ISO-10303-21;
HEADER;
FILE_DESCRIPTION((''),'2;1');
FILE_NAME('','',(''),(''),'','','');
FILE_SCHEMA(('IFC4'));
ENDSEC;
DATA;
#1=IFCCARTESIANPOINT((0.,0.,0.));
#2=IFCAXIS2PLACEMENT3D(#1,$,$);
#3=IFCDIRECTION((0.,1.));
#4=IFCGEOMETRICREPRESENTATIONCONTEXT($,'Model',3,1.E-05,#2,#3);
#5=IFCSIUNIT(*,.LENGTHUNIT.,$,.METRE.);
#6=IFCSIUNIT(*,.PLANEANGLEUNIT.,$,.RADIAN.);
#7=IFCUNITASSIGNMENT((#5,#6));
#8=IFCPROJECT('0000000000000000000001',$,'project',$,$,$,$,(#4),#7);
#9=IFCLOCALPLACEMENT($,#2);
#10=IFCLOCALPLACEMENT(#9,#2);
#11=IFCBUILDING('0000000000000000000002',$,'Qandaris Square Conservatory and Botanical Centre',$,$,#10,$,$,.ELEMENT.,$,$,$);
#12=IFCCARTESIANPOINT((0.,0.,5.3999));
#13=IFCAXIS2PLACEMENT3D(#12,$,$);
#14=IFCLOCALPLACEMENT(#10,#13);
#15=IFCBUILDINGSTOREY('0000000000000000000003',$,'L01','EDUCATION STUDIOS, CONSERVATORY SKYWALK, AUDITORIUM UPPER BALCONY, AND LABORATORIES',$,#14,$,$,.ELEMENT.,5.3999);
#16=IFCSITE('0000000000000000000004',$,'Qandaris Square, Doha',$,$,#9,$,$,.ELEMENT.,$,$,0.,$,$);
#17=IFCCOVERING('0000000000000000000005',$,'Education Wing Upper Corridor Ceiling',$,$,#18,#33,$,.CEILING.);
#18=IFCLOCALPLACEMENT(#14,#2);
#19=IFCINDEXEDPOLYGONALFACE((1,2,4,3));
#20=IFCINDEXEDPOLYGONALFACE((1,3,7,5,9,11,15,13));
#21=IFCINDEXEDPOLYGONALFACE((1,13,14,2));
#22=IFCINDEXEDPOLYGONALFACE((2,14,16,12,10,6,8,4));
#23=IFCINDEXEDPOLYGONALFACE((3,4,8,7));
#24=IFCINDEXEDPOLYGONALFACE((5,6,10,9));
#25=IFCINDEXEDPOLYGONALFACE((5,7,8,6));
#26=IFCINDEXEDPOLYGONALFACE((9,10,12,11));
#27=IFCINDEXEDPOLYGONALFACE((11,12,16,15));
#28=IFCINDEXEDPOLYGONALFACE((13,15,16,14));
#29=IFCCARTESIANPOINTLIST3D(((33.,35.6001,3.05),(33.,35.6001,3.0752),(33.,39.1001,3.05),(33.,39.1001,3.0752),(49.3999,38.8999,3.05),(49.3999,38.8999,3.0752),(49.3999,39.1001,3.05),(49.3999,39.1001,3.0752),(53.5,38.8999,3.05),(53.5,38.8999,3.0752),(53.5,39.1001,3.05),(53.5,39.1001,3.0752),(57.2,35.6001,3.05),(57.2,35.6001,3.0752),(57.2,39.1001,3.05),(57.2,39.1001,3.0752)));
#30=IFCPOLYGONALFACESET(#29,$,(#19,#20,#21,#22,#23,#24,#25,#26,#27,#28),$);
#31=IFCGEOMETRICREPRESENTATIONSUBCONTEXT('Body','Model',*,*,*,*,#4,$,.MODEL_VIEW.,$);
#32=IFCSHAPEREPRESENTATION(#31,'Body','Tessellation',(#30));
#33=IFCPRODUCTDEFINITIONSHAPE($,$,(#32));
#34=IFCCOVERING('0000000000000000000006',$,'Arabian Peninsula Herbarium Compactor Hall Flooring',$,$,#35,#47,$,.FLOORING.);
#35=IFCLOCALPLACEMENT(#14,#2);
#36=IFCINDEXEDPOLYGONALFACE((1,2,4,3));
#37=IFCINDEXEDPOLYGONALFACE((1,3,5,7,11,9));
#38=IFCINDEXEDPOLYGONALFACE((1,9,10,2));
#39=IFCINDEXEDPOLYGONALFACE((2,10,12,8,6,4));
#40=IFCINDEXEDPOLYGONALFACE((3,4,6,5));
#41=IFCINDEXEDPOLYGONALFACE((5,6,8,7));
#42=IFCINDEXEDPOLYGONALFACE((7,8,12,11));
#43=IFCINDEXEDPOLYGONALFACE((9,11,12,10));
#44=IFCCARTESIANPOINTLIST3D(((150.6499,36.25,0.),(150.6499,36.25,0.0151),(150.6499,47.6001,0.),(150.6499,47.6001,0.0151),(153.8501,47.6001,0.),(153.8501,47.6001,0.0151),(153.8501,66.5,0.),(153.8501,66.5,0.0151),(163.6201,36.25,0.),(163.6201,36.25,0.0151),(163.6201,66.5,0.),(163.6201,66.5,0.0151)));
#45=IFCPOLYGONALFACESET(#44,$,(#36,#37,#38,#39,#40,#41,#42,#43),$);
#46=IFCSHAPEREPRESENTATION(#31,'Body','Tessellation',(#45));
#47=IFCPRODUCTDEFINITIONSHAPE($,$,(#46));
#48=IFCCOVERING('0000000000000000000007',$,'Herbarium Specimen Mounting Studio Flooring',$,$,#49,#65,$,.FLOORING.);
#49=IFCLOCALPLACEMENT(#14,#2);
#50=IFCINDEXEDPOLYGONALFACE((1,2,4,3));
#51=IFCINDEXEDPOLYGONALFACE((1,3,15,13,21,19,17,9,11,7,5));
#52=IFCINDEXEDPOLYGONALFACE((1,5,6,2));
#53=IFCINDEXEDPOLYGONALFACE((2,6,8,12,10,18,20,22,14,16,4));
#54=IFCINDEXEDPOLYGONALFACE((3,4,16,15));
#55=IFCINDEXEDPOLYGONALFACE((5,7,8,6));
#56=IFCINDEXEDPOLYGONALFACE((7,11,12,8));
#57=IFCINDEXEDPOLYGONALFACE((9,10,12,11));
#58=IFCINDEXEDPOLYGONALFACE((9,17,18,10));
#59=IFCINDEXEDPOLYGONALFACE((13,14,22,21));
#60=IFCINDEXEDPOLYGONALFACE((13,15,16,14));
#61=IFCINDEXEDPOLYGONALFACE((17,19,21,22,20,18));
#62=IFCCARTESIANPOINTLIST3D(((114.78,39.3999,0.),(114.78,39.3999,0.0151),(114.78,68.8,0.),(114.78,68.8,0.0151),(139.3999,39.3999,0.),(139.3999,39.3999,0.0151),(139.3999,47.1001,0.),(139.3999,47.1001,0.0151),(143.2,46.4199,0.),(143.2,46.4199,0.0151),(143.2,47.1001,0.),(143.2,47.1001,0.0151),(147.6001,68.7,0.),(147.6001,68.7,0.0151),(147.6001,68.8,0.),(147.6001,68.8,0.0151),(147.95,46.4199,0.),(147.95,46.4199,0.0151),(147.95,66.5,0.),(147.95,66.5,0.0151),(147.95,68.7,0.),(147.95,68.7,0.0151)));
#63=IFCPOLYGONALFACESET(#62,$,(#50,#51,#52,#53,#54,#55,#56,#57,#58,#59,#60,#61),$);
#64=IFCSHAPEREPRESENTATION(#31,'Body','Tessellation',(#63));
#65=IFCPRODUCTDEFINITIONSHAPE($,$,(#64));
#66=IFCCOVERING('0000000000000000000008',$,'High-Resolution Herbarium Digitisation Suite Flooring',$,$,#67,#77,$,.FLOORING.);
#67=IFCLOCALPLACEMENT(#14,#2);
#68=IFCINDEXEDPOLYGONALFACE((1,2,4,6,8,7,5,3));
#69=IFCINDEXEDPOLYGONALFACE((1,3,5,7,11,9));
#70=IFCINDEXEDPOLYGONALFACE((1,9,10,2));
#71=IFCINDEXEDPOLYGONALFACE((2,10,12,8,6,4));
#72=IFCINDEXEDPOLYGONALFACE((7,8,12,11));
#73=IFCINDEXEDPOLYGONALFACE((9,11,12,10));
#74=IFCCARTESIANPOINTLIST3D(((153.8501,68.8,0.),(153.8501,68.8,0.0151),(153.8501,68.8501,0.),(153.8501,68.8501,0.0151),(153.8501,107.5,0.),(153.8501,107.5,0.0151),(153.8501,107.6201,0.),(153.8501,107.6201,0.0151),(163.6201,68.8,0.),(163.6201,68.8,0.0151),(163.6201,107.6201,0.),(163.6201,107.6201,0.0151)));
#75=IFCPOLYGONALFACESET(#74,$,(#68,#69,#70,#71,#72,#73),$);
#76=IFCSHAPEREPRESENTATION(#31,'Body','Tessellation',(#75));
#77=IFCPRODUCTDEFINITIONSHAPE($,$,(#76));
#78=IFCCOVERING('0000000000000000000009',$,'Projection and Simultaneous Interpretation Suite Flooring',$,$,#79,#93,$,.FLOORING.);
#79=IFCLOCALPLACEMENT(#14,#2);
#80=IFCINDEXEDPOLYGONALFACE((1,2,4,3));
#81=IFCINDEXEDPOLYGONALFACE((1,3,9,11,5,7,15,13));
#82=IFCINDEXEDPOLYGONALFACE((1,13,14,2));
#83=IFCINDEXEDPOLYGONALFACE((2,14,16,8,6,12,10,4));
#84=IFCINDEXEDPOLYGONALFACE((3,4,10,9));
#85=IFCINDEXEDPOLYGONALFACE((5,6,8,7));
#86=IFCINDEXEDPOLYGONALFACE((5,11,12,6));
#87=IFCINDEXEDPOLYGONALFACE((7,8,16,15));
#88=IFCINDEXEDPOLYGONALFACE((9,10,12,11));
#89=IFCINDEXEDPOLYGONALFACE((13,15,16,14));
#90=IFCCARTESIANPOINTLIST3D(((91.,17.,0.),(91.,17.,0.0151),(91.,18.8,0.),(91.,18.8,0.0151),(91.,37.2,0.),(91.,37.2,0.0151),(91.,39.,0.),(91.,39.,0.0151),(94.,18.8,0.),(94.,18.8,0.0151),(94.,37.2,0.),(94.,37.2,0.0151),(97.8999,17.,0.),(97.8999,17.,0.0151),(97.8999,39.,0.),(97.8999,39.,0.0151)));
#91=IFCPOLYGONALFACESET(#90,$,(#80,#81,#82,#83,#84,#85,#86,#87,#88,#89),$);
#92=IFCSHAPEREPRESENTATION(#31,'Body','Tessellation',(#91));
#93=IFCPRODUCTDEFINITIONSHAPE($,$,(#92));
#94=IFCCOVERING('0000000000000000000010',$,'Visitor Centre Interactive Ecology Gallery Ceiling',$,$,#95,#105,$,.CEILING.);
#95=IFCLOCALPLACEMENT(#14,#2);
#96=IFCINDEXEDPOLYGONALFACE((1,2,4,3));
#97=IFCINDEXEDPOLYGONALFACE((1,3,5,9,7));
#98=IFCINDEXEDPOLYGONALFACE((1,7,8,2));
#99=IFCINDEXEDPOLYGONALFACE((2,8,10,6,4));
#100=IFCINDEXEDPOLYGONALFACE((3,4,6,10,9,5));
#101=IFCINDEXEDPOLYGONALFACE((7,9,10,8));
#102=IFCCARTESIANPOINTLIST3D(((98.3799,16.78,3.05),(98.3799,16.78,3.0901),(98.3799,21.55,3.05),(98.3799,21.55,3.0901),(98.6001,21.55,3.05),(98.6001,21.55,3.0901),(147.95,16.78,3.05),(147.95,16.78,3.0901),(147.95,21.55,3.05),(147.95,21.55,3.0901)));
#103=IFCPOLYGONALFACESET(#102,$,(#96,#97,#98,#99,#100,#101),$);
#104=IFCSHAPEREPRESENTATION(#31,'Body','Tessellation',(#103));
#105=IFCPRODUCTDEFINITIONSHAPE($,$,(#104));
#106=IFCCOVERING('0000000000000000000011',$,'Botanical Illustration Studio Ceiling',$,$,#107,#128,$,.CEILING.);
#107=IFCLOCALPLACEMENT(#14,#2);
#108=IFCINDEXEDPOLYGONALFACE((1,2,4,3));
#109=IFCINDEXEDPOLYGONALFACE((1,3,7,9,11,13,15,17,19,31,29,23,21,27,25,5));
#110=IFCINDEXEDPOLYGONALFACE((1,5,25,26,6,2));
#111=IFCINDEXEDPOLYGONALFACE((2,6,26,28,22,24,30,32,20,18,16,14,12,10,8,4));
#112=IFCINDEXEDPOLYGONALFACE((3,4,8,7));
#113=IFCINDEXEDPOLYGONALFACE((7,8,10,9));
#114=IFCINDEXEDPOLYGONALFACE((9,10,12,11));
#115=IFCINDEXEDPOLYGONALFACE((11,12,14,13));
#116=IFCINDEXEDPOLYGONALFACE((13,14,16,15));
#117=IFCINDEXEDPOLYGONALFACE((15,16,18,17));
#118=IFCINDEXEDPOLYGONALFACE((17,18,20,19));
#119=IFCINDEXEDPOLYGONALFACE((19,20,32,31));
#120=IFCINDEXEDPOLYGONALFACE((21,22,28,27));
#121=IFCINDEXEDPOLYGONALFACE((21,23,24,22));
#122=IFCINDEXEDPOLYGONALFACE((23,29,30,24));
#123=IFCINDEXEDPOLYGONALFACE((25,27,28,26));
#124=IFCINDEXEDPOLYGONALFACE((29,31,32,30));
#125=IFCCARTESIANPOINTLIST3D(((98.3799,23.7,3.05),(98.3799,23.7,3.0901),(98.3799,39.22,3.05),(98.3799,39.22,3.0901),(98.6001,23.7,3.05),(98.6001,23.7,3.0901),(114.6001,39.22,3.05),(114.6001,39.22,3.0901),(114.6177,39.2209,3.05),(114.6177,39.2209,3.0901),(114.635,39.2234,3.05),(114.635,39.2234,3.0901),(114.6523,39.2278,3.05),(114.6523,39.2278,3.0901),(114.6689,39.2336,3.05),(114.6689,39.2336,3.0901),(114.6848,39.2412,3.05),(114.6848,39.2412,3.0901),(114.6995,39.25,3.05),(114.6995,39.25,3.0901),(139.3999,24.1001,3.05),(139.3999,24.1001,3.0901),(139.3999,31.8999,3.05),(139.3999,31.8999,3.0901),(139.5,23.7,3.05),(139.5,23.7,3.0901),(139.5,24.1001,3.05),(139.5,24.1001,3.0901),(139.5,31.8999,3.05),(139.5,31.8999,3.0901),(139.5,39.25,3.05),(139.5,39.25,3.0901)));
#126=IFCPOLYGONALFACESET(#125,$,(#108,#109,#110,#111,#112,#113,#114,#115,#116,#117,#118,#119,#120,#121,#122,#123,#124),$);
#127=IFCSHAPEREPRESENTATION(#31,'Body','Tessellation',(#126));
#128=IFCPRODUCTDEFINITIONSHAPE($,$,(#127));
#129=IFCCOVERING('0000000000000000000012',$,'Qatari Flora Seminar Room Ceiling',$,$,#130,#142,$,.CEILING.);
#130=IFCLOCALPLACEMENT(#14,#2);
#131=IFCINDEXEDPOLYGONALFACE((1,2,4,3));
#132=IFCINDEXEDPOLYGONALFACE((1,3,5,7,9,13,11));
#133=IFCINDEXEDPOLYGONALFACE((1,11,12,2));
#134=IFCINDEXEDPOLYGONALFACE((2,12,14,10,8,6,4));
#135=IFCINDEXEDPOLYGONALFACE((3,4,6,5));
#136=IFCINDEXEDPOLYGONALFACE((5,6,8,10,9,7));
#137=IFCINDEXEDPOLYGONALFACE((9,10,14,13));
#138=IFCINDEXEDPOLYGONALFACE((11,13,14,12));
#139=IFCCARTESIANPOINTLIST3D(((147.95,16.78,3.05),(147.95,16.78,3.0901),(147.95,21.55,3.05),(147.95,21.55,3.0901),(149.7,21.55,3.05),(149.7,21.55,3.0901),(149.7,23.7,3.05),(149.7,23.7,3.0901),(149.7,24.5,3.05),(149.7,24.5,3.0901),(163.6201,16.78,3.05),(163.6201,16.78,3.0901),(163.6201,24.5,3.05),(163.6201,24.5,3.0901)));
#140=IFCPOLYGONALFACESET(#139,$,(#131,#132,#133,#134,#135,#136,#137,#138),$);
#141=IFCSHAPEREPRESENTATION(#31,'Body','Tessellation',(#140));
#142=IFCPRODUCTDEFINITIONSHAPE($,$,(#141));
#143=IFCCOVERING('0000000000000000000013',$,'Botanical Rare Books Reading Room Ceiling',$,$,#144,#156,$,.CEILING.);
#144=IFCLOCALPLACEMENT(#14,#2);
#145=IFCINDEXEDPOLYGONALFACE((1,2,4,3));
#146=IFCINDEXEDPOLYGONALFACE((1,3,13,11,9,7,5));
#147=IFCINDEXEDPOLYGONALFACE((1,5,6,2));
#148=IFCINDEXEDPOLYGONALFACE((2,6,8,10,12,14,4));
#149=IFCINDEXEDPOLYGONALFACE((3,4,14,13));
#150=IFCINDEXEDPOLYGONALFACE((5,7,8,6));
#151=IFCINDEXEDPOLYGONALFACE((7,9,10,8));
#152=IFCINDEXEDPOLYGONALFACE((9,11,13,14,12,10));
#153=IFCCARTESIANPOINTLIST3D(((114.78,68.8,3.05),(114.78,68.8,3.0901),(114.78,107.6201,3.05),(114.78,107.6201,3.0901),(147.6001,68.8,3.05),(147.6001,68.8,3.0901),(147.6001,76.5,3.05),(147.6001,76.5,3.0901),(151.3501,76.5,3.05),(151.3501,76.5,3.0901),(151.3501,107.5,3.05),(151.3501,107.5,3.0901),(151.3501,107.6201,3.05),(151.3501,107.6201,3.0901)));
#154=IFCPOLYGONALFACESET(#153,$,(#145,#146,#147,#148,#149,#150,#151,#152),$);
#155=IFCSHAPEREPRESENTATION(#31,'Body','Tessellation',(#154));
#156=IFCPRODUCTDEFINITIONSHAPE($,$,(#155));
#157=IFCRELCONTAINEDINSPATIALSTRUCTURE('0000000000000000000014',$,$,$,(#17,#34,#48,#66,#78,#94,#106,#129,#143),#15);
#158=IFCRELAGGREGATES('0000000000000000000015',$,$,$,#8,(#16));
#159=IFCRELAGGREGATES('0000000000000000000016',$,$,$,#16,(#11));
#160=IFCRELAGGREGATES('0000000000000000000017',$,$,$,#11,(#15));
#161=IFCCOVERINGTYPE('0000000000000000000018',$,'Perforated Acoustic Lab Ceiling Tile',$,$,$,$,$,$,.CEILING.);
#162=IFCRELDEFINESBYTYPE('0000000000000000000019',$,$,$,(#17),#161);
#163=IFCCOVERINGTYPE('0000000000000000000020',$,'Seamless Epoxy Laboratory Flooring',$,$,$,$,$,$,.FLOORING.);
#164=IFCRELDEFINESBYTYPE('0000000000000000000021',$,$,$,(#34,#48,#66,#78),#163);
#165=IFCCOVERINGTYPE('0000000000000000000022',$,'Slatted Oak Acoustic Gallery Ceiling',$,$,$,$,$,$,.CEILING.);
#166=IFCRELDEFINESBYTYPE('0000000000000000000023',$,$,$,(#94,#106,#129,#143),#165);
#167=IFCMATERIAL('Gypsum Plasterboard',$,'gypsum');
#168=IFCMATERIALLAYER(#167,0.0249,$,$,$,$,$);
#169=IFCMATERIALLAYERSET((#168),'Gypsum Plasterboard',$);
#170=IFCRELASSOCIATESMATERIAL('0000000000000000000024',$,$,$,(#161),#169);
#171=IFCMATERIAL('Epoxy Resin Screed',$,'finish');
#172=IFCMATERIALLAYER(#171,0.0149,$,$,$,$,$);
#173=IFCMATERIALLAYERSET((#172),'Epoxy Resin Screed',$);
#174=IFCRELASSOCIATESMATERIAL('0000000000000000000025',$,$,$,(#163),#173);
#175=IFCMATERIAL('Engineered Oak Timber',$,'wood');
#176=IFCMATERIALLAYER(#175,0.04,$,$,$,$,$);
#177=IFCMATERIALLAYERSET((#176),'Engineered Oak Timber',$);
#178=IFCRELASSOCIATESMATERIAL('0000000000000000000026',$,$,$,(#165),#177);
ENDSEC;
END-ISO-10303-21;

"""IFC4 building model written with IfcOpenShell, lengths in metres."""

from ifc_helpers import new_model, si_unit, direction, frame, origin, place, context, subcontext, project, spatial, polyline, outline, extrude, material, layer, layer_set, type_object, element, save


model = new_model("IFC4")

# Units and contexts
model_context = context("Model", 3, precision=1e-05, world=origin(), true_north=direction((0.0, 1.0)))
body_context = subcontext(model_context, "Body", "Model", "MODEL_VIEW")
ifc_project = project(units=[si_unit("LENGTHUNIT", "METRE"), si_unit("PLANEANGLEUNIT", "RADIAN")], contexts=[model_context])

# Site, building, storey
site_placement = place(None, origin())
site = spatial("IfcSite", under=ifc_project, at=site_placement, Name="Qandaris Square, Doha", CompositionType="ELEMENT", RefElevation=0.0)
building_placement = place(site_placement, origin())
building = spatial("IfcBuilding", under=site, at=building_placement, Name="Qandaris Square Conservatory and Botanical Centre", CompositionType="ELEMENT")
storey_placement = place(building_placement, frame((0.0, 0.0, 5.3999)))
storey = spatial("IfcBuildingStorey", under=building, at=storey_placement, Name="L01", Description="EDUCATION STUDIOS, CONSERVATORY SKYWALK, AUDITORIUM UPPER BALCONY, AND LABORATORIES", CompositionType="ELEMENT", Elevation=5.3999)

# Coverings
ifc_material_1 = material(Name="Engineered Oak Timber", Category="wood")
ifc_material_2 = material(Name="Gypsum Plasterboard", Category="gypsum")
ifc_layer_1 = layer(ifc_material_2, 0.0249)
ifc_layer_set_1 = layer_set([ifc_layer_1], Name="Gypsum Plasterboard")
covering_type_1 = type_object("IfcCoveringType", Name="Perforated Acoustic Lab Ceiling Tile", PredefinedType="CEILING", material=ifc_layer_set_1)
covering_1_placement = place(storey_placement, frame((0.0, 0.0, 3.05)))
element("IfcCovering", 1, at=covering_1_placement, inside=storey, type_object=covering_type_1, Name="Education Wing Upper Corridor Ceiling", PredefinedType="CEILING", context=body_context, shape_type="SweptSolid", body=[
    extrude(outline(polyline([(57.2, 35.6001), (33.0, 35.6001), (33.0, 39.1001), (49.3999, 39.1001), (49.3999, 38.8999), (53.5, 38.8999), (53.5, 39.1001), (57.2, 39.1001), (57.2, 35.6001)])), origin(), (0.0, 0.0, 1.0), 0.0251),
])
ifc_material_3 = material(Name="Epoxy Resin Screed", Category="finish")
ifc_layer_2 = layer(ifc_material_3, 0.0149)
ifc_layer_set_2 = layer_set([ifc_layer_2], Name="Epoxy Resin Screed")
covering_type_2 = type_object("IfcCoveringType", Name="Seamless Epoxy Laboratory Flooring", PredefinedType="FLOORING", material=ifc_layer_set_2)
covering_2_placement = place(storey_placement, origin())
element("IfcCovering", 2, at=covering_2_placement, inside=storey, type_object=covering_type_2, Name="Arabian Peninsula Herbarium Compactor Hall Flooring", PredefinedType="FLOORING", context=body_context, shape_type="SweptSolid", body=[
    extrude(outline(polyline([(150.6499, 47.6001), (153.8501, 47.6001), (153.8501, 66.5), (163.6201, 66.5), (163.6201, 36.25), (150.6499, 36.25), (150.6499, 47.6001)])), origin(), (0.0, 0.0, 1.0), 0.0151),
])
covering_3_placement = place(storey_placement, origin())
element("IfcCovering", 3, at=covering_3_placement, inside=storey, type_object=covering_type_2, Name="Herbarium Specimen Mounting Studio Flooring", PredefinedType="FLOORING", context=body_context, shape_type="SweptSolid", body=[
    extrude(outline(polyline([(147.95, 66.5), (147.95, 46.4199), (143.2, 46.4199), (143.2, 47.1001), (139.3999, 47.1001), (139.3999, 39.3999), (114.78, 39.3999), (114.78, 68.8), (147.6001, 68.8), (147.6001, 68.7), (147.95, 68.7), (147.95, 66.5)])), origin(), (0.0, 0.0, 1.0), 0.0151),
])
covering_4_placement = place(storey_placement, origin())
element("IfcCovering", 4, at=covering_4_placement, inside=storey, type_object=covering_type_2, Name="High-Resolution Herbarium Digitisation Suite Flooring", PredefinedType="FLOORING", context=body_context, shape_type="SweptSolid", body=[
    extrude(outline(polyline([(153.8501, 68.8), (153.8501, 68.8501), (153.8501, 107.5), (153.8501, 107.6201), (163.6201, 107.6201), (163.6201, 68.8), (153.8501, 68.8)])), origin(), (0.0, 0.0, 1.0), 0.0151),
])
covering_5_placement = place(storey_placement, origin())
element("IfcCovering", 5, at=covering_5_placement, inside=storey, type_object=covering_type_2, Name="Projection and Simultaneous Interpretation Suite Flooring", PredefinedType="FLOORING", context=body_context, shape_type="SweptSolid", body=[
    extrude(outline(polyline([(91.0, 17.0), (91.0, 18.8), (94.0, 18.8), (94.0, 37.2), (91.0, 37.2), (91.0, 39.0), (97.8999, 39.0), (97.8999, 17.0), (91.0, 17.0)])), origin(), (0.0, 0.0, 1.0), 0.0151),
])
ifc_layer_3 = layer(ifc_material_1, 0.04)
ifc_layer_set_3 = layer_set([ifc_layer_3], Name="Engineered Oak Timber")
covering_type_3 = type_object("IfcCoveringType", Name="Slatted Oak Acoustic Gallery Ceiling", PredefinedType="CEILING", material=ifc_layer_set_3)
covering_6_placement = place(storey_placement, frame((0.0, 0.0, 3.05)))
element("IfcCovering", 6, at=covering_6_placement, inside=storey, type_object=covering_type_3, Name="Visitor Centre Interactive Ecology Gallery Ceiling", PredefinedType="CEILING", context=body_context, shape_type="SweptSolid", body=[
    extrude(outline(polyline([(98.6001, 21.55), (147.95, 21.55), (147.95, 16.78), (98.3799, 16.78), (98.3799, 21.55), (98.6001, 21.55)])), origin(), (0.0, 0.0, 1.0), 0.04),
])
covering_7_placement = place(storey_placement, frame((0.0, 0.0, 3.05)))
element("IfcCovering", 7, at=covering_7_placement, inside=storey, type_object=covering_type_3, Name="Botanical Illustration Studio Ceiling", PredefinedType="CEILING", context=body_context, shape_type="SweptSolid", body=[
    extrude(outline(polyline([(114.635, 39.2234), (114.6523, 39.2278), (114.6689, 39.2336), (114.6848, 39.2412), (114.6995, 39.25), (139.5, 39.25), (139.5, 31.8999), (139.3999, 31.8999), (139.3999, 24.1001), (139.5, 24.1001), (139.5, 23.7), (98.6001, 23.7), (98.3799, 23.7), (98.3799, 39.22), (114.6001, 39.22), (114.6177, 39.2209), (114.635, 39.2234)])), origin(), (0.0, 0.0, 1.0), 0.04),
])
covering_8_placement = place(storey_placement, frame((0.0, 0.0, 3.05)))
element("IfcCovering", 8, at=covering_8_placement, inside=storey, type_object=covering_type_3, Name="Qatari Flora Seminar Room Ceiling", PredefinedType="CEILING", context=body_context, shape_type="SweptSolid", body=[
    extrude(outline(polyline([(147.95, 21.55), (149.7, 21.55), (149.7, 23.7), (149.7, 24.5), (163.6201, 24.5), (163.6201, 16.78), (147.95, 16.78), (147.95, 21.55)])), origin(), (0.0, 0.0, 1.0), 0.04),
])
covering_9_placement = place(storey_placement, frame((0.0, 0.0, 3.05)))
element("IfcCovering", 9, at=covering_9_placement, inside=storey, type_object=covering_type_3, Name="Botanical Rare Books Reading Room Ceiling", PredefinedType="CEILING", context=body_context, shape_type="SweptSolid", body=[
    extrude(outline(polyline([(151.3501, 107.5), (151.3501, 76.5), (147.6001, 76.5), (147.6001, 68.8), (114.78, 68.8), (114.78, 107.6201), (151.3501, 107.6201), (151.3501, 107.5)])), origin(), (0.0, 0.0, 1.0), 0.04),
])

save(model, "model.ifc")
